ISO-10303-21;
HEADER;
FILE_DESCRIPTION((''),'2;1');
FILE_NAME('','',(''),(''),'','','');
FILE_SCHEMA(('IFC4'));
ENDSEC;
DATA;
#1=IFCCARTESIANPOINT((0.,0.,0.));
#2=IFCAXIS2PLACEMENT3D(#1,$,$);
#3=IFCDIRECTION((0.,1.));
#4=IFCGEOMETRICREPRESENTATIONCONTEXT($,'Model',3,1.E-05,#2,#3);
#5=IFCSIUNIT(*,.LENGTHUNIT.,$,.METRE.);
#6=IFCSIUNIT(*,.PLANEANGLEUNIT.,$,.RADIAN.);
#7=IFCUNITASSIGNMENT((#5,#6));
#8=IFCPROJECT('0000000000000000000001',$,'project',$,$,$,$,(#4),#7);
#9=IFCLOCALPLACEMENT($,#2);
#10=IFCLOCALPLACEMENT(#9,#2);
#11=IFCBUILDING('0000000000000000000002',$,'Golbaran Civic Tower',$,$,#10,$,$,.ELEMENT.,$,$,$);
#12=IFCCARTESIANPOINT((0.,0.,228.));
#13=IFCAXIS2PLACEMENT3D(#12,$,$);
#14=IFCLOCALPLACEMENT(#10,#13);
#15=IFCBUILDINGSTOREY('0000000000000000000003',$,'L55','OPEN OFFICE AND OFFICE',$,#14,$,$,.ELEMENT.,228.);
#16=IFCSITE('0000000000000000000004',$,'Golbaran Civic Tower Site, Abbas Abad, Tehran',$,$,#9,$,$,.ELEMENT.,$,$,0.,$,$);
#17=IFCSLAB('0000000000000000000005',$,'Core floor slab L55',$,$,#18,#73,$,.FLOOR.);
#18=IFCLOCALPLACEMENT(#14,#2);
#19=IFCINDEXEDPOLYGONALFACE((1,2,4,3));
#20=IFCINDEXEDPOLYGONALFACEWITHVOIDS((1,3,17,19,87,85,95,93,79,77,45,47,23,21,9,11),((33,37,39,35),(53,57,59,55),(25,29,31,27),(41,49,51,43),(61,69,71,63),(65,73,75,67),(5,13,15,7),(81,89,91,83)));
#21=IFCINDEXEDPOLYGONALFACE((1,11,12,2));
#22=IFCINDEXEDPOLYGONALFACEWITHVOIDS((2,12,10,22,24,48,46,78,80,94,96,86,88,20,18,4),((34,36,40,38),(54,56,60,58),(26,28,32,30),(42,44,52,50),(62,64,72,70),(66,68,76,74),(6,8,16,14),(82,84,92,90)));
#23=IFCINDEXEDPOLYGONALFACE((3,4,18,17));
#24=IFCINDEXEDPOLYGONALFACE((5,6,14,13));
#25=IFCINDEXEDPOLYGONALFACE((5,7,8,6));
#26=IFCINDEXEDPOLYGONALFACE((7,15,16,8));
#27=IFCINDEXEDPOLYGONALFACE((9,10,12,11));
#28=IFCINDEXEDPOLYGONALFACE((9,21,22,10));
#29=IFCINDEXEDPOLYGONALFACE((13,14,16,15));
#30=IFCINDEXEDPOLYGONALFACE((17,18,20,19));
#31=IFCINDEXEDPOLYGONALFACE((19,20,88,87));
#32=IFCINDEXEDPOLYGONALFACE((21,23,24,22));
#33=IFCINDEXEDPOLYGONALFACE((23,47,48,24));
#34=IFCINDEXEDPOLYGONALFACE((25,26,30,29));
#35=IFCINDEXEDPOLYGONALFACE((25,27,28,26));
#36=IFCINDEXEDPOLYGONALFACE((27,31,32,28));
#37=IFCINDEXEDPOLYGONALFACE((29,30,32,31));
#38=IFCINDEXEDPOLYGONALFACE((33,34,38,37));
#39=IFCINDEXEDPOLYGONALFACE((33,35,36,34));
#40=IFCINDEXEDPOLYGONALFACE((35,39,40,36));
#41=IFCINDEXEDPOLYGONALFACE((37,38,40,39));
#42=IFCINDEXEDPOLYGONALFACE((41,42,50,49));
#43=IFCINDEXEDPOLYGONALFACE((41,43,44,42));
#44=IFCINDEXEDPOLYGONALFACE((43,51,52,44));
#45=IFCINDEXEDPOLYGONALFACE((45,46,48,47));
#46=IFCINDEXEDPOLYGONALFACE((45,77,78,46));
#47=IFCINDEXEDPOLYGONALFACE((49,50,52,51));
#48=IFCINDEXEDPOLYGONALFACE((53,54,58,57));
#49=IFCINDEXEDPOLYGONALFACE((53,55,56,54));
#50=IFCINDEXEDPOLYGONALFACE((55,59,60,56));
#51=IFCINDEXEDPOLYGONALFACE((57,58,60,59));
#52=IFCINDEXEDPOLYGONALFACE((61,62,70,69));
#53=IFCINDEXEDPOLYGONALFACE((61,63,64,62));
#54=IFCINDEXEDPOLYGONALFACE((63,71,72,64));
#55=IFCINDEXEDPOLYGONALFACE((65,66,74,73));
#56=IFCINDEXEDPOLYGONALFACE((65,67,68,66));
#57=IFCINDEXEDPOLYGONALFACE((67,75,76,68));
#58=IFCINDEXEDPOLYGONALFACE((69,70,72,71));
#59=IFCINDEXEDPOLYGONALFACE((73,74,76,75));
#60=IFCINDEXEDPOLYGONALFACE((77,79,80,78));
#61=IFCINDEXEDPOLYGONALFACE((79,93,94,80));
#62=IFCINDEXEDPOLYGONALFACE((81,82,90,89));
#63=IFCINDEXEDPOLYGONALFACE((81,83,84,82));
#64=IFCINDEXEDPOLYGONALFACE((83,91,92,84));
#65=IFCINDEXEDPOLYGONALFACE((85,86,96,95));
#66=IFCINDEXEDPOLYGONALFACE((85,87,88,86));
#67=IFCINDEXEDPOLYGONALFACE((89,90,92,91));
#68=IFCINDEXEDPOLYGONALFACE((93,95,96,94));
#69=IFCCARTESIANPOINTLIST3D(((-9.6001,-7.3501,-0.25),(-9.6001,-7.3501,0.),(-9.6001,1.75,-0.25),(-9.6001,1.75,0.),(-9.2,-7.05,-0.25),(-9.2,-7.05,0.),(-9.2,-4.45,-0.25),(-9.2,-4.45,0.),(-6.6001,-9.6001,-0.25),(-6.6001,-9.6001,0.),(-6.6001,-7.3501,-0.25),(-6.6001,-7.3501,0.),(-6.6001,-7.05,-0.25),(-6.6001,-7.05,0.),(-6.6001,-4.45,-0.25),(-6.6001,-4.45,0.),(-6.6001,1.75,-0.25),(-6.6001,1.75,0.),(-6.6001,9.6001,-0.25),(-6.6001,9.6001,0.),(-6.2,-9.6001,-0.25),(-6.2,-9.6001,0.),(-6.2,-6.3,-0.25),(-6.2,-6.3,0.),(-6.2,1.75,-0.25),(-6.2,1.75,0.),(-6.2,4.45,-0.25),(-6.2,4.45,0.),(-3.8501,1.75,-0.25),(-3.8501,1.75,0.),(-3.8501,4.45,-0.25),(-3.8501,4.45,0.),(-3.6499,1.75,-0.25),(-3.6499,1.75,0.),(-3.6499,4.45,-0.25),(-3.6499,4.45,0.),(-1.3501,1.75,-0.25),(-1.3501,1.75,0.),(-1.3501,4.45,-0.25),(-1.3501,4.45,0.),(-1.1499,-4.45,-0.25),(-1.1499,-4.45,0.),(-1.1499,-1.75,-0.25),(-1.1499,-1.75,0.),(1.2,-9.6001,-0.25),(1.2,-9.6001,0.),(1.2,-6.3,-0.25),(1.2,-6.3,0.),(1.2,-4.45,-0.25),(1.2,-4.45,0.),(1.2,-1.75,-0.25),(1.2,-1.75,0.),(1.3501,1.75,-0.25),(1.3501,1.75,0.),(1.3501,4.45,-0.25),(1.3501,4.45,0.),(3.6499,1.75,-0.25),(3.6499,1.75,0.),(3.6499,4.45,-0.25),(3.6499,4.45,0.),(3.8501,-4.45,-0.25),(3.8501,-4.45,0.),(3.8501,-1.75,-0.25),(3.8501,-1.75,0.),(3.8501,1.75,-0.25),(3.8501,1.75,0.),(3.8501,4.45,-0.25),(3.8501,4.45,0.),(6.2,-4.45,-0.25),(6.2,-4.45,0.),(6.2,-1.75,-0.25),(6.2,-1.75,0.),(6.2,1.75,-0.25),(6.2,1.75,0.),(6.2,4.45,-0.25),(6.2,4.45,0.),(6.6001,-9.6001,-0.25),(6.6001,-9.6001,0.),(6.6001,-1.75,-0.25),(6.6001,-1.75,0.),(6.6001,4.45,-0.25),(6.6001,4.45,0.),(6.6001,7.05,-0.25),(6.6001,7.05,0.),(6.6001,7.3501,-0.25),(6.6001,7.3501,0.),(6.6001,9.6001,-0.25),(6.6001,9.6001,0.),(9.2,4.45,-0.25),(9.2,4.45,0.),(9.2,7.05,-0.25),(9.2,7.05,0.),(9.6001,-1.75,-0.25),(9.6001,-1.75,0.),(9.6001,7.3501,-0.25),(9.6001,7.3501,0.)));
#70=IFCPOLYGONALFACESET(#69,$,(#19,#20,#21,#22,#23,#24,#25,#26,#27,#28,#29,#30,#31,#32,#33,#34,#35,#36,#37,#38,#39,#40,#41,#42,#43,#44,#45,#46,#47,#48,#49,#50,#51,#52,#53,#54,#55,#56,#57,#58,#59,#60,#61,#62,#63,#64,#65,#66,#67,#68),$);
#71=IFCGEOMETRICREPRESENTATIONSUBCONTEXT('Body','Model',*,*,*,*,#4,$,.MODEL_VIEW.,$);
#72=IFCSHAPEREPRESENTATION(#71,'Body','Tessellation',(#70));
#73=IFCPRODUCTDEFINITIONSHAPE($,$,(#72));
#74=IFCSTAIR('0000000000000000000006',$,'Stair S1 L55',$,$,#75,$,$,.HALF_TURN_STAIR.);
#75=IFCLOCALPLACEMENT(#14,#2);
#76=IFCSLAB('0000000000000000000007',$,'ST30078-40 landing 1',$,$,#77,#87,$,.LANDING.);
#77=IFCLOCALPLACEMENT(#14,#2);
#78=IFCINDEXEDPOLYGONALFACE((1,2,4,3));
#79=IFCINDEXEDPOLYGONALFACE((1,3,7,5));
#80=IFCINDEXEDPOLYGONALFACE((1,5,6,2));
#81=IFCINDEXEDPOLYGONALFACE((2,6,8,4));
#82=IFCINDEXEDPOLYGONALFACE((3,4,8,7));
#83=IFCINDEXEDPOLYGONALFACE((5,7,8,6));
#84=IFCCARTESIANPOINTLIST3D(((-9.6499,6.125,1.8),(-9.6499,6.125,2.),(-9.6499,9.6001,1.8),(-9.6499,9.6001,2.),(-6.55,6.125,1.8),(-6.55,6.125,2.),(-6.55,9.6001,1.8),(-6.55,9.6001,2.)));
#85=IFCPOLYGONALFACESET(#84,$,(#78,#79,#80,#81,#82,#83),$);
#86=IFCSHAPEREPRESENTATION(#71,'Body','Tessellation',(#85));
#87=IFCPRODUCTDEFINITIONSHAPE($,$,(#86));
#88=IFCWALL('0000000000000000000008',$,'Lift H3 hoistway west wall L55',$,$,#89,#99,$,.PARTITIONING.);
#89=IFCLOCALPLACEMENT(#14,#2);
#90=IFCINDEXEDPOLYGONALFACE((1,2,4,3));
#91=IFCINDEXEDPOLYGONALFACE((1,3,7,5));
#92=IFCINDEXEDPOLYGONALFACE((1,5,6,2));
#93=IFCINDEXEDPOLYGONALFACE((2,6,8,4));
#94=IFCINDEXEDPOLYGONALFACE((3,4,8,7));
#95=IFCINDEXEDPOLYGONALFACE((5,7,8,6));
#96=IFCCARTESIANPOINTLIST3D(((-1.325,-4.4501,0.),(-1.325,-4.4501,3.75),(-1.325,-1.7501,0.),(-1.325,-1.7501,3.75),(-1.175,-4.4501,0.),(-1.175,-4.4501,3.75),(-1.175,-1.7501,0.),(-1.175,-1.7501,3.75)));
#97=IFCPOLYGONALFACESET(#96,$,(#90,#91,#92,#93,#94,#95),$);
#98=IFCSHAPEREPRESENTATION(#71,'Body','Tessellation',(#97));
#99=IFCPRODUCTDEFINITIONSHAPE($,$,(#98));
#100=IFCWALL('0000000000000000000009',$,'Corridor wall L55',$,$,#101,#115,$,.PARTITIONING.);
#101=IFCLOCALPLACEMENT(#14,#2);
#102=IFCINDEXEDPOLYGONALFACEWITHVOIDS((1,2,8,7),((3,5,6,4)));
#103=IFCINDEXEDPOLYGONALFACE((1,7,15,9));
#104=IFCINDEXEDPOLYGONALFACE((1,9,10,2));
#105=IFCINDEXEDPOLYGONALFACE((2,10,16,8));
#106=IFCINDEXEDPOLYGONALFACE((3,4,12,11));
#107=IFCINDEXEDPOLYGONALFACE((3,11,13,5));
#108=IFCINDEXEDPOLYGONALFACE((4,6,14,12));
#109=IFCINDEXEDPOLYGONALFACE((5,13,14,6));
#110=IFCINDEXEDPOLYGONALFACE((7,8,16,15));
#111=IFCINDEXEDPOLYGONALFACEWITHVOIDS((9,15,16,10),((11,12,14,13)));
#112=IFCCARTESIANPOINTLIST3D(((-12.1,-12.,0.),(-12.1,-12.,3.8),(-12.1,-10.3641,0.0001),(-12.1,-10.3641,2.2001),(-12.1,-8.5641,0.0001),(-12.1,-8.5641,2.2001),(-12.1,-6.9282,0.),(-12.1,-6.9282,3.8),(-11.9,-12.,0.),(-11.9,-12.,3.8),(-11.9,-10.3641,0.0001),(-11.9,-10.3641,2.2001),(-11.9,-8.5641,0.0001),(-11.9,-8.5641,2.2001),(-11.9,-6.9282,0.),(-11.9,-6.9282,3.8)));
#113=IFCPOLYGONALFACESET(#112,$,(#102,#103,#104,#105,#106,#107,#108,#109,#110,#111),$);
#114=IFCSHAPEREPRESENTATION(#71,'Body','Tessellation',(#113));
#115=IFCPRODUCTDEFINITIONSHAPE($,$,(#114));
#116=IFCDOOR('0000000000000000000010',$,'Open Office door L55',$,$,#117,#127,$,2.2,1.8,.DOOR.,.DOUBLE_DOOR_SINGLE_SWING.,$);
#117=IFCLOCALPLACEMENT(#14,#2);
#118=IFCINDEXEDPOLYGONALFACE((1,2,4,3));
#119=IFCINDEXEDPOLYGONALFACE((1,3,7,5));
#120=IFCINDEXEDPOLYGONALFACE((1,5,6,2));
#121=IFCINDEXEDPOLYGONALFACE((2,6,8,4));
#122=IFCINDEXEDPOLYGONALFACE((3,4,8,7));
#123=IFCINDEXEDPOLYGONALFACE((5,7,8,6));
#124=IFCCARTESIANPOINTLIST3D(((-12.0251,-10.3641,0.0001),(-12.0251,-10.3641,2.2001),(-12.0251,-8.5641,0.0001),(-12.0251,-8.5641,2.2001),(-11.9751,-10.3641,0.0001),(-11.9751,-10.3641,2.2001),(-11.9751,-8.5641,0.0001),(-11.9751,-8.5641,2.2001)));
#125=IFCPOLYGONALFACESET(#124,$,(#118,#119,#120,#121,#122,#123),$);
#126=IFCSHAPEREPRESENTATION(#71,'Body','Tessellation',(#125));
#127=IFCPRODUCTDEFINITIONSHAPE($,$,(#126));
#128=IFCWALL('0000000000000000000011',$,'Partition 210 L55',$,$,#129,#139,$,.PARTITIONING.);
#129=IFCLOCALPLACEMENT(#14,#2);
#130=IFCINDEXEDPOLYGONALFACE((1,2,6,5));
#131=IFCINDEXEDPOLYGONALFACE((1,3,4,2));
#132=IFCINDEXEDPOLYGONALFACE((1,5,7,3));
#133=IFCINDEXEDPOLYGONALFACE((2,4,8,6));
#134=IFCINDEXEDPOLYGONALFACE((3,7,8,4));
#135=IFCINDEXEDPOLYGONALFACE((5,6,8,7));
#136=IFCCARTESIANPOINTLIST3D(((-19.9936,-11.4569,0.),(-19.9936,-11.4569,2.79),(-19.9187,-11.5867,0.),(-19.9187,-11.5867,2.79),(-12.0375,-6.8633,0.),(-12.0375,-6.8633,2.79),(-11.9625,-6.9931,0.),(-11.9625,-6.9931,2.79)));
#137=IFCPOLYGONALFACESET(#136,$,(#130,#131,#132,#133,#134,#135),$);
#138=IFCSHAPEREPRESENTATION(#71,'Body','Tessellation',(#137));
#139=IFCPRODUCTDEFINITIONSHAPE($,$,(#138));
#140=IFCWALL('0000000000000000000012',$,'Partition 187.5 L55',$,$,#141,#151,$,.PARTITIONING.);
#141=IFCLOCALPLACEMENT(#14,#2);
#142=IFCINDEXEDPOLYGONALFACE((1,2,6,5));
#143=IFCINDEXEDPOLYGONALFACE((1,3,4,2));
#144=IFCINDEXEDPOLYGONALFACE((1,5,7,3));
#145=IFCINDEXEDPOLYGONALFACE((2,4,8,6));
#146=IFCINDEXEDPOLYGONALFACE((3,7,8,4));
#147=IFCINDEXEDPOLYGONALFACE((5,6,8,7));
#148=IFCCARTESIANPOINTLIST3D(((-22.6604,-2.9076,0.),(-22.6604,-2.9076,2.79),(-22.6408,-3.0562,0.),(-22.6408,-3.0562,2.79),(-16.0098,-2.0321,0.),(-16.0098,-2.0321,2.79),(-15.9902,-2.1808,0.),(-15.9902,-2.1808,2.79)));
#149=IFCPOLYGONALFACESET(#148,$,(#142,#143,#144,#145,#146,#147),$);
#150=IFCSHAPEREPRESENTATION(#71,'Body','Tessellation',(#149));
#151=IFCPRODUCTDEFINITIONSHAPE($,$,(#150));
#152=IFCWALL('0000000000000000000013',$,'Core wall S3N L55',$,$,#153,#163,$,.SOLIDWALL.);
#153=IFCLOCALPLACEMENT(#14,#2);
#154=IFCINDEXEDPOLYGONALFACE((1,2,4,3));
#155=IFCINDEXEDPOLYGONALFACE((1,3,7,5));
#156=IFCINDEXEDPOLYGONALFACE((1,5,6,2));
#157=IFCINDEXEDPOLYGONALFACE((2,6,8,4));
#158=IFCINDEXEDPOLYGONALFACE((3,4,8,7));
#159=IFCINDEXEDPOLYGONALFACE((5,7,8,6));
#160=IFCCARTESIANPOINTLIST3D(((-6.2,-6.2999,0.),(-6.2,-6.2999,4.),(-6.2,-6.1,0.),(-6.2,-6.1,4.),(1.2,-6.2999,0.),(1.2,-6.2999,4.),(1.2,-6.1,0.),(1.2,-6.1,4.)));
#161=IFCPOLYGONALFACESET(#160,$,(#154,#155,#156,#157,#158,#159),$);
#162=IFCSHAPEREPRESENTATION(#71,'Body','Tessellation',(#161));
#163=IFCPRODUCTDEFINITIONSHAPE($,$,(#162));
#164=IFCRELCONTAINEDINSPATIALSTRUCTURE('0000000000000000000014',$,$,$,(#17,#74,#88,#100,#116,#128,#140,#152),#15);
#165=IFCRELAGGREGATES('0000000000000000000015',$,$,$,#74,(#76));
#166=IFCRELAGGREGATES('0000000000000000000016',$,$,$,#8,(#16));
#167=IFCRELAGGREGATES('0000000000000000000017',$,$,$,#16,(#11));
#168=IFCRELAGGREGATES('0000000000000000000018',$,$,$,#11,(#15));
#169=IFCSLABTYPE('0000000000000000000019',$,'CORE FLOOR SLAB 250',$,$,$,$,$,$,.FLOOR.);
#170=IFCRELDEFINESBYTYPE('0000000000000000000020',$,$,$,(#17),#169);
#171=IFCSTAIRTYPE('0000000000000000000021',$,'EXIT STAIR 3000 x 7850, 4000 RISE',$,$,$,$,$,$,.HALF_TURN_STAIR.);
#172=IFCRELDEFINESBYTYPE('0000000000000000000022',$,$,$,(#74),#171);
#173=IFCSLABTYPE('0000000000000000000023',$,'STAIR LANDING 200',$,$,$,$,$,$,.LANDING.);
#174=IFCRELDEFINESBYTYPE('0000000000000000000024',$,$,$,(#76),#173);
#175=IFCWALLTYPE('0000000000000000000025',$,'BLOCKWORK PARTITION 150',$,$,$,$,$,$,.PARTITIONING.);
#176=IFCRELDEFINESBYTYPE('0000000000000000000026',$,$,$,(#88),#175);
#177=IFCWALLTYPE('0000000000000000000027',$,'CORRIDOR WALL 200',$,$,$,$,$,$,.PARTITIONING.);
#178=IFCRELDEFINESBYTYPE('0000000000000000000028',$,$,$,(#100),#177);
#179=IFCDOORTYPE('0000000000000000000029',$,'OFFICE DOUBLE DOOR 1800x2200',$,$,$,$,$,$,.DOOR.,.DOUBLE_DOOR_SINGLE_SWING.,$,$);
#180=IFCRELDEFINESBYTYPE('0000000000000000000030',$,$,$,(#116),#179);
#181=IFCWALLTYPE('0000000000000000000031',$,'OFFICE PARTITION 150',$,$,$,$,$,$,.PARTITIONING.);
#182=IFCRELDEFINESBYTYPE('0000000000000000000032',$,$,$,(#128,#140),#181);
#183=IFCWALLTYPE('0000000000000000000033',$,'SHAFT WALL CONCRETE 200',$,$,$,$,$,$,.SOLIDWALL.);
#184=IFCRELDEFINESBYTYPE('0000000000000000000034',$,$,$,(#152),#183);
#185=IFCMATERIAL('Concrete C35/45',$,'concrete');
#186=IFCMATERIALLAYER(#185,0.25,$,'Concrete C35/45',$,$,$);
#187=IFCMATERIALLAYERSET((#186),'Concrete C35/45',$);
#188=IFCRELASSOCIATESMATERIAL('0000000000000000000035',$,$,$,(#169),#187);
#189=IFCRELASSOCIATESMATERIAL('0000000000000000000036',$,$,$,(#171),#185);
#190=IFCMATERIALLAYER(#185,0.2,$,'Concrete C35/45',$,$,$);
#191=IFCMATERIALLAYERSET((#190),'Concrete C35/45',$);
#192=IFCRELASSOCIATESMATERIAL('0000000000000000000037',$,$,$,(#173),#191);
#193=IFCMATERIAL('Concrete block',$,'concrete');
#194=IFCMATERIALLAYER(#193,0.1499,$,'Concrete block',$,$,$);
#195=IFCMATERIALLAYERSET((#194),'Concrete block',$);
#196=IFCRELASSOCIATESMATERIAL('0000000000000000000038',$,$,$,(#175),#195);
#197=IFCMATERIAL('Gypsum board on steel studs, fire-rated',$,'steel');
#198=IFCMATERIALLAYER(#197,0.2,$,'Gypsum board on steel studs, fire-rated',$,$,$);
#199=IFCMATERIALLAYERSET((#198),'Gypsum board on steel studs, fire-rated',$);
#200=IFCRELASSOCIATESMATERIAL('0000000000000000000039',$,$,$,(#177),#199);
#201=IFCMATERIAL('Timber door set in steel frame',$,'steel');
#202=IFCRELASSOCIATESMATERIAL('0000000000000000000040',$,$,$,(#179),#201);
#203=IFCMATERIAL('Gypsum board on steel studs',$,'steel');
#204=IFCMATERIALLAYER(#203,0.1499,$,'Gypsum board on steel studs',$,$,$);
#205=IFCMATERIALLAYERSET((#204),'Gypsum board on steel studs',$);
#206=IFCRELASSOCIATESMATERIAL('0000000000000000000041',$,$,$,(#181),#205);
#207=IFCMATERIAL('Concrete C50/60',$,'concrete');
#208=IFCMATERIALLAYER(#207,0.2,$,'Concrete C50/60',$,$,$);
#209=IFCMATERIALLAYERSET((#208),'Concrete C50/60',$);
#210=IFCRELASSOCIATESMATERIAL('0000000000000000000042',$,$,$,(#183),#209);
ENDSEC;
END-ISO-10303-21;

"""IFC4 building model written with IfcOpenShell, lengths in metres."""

from ifc_helpers import new_model, si_unit, direction, frame, frame_2d, origin, place, context, subcontext, project, spatial, polyline, rectangle, outline, extrude, material, layer, layer_set, type_object, element, fill, aggregate, save


model = new_model("IFC4")

# Units and contexts
model_context = context("Model", 3, precision=1e-05, world=origin(), true_north=direction((0.0, 1.0)))
body_context = subcontext(model_context, "Body", "Model", "MODEL_VIEW")
ifc_project = project(units=[si_unit("LENGTHUNIT", "METRE"), si_unit("PLANEANGLEUNIT", "RADIAN")], contexts=[model_context])

# Site, building, storey
site_placement = place(None, origin())
site = spatial("IfcSite", under=ifc_project, at=site_placement, Name="Golbaran Civic Tower Site, Abbas Abad, Tehran", CompositionType="ELEMENT", RefElevation=0.0)
building_placement = place(site_placement, origin())
building = spatial("IfcBuilding", under=site, at=building_placement, Name="Golbaran Civic Tower", CompositionType="ELEMENT")
storey_placement = place(building_placement, frame((0.0, 0.0, 228.0)))
storey = spatial("IfcBuildingStorey", under=building, at=storey_placement, Name="L55", Description="OPEN OFFICE AND OFFICE", CompositionType="ELEMENT", Elevation=228.0)

# Slab
ifc_material_1 = material(Name="Concrete C35/45", Category="concrete")
ifc_layer_1 = layer(ifc_material_1, 0.25, Name="Concrete C35/45")
ifc_layer_set_1 = layer_set([ifc_layer_1], Name="Concrete C35/45")
slab_type_1 = type_object("IfcSlabType", Name="CORE FLOOR SLAB 250", PredefinedType="FLOOR", material=ifc_layer_set_1)
slab_1_placement = place(storey_placement, frame((0.0, 0.0, -0.25)))
element("IfcSlab", 1, at=slab_1_placement, inside=storey, type_object=slab_type_1, Name="Core floor slab L55", PredefinedType="FLOOR", context=body_context, shape_type="SweptSolid", body=[
    extrude(outline(polyline([(6.6001, -1.75), (6.6001, -9.6001), (1.2, -9.6001), (1.2, -6.3), (-6.2, -6.3), (-6.2, -9.6001), (-6.6001, -9.6001), (-6.6001, -7.3501), (-9.6001, -7.3501), (-9.6001, 1.75), (-6.6001, 1.75), (-6.6001, 9.6001), (6.6001, 9.6001), (6.6001, 7.3501), (9.6001, 7.3501), (9.6001, -1.75), (6.6001, -1.75)]), holes=[polyline([(9.2, 7.05), (6.6001, 7.05), (6.6001, 4.45), (9.2, 4.45), (9.2, 7.05)]), polyline([(6.2, -1.75), (3.8501, -1.75), (3.8501, -4.45), (6.2, -4.45), (6.2, -1.75)]), polyline([(6.2, 4.45), (3.8501, 4.45), (3.8501, 1.75), (6.2, 1.75), (6.2, 4.45)]), polyline([(3.6499, 4.45), (1.3501, 4.45), (1.3501, 1.75), (3.6499, 1.75), (3.6499, 4.45)]), polyline([(-1.1499, -1.75), (-1.1499, -4.45), (1.2, -4.45), (1.2, -1.75), (-1.1499, -1.75)]), polyline([(-1.3501, 4.45), (-3.6499, 4.45), (-3.6499, 1.75), (-1.3501, 1.75), (-1.3501, 4.45)]), polyline([(-3.8501, 4.45), (-6.2, 4.45), (-6.2, 1.75), (-3.8501, 1.75), (-3.8501, 4.45)]), polyline([(-6.6001, -4.45), (-9.2, -4.45), (-9.2, -7.05), (-6.6001, -7.05), (-6.6001, -4.45)])]), origin(), (0.0, 0.0, 1.0), 0.25),
])

# Stair, slab
stair_type_1 = type_object("IfcStairType", Name="EXIT STAIR 3000 x 7850, 4000 RISE", PredefinedType="HALF_TURN_STAIR", material=ifc_material_1)
stair_1_placement = place(storey_placement, origin())
stair_1 = element("IfcStair", 2, at=stair_1_placement, inside=storey, type_object=stair_type_1, Name="Stair S1 L55", PredefinedType="HALF_TURN_STAIR")
ifc_layer_2 = layer(ifc_material_1, 0.2, Name="Concrete C35/45")
ifc_layer_set_2 = layer_set([ifc_layer_2], Name="Concrete C35/45")
slab_type_2 = type_object("IfcSlabType", Name="STAIR LANDING 200", PredefinedType="LANDING", material=ifc_layer_set_2)
slab_2_placement = place(storey_placement, frame((0.0, 0.0, 1.8)))
slab_2 = element("IfcSlab", 3, at=slab_2_placement, type_object=slab_type_2, Name="ST30078-40 landing 1", PredefinedType="LANDING", context=body_context, shape_type="SweptSolid", body=[
    extrude(outline(polyline([(-9.6499, 6.125), (-9.6499, 9.6001), (-6.55, 9.6001), (-6.55, 6.125), (-9.6499, 6.125)])), origin(), (0.0, 0.0, 1.0), 0.2),
])
aggregate(stair_1, [slab_2])

# Wall
ifc_material_2 = material(Name="Concrete block", Category="concrete")
ifc_layer_3 = layer(ifc_material_2, 0.1499, Name="Concrete block")
ifc_layer_set_3 = layer_set([ifc_layer_3], Name="Concrete block")
wall_type_1 = type_object("IfcWallType", Name="BLOCKWORK PARTITION 150", PredefinedType="PARTITIONING", material=ifc_layer_set_3)
wall_1_placement = place(storey_placement, frame((-1.25, -1.75, 0.0), z_axis=(0.0, 0.0, 1.0), x_axis=(0.0, -1.0, 0.0)))
element("IfcWall", 4, at=wall_1_placement, inside=storey, type_object=wall_type_1, Name="Lift H3 hoistway west wall L55", PredefinedType="PARTITIONING", context=body_context, shape_type="SweptSolid", body=[
    extrude(rectangle(XDim=2.7, YDim=0.1499, at=frame_2d((1.3501, 0.0))), origin(), (0.0, 0.0, 1.0), 3.75),
])

# Wall, opening, door
ifc_material_3 = material(Name="Gypsum board on steel studs, fire-rated", Category="steel")
ifc_layer_4 = layer(ifc_material_3, 0.2, Name="Gypsum board on steel studs, fire-rated")
ifc_layer_set_4 = layer_set([ifc_layer_4], Name="Gypsum board on steel studs, fire-rated")
wall_type_2 = type_object("IfcWallType", Name="CORRIDOR WALL 200", PredefinedType="PARTITIONING", material=ifc_layer_set_4)
wall_2_placement = place(storey_placement, frame((-12.0, -6.9282, 0.0), z_axis=(0.0, 0.0, 1.0), x_axis=(0.0, -1.0, 0.0)))
wall_2 = element("IfcWall", 5, at=wall_2_placement, inside=storey, type_object=wall_type_2, Name="Corridor wall L55", PredefinedType="PARTITIONING", context=body_context, shape_type="SweptSolid", body=[
    extrude(rectangle(XDim=5.0718, YDim=0.2, at=frame_2d((2.5359, 0.0))), origin(), (0.0, 0.0, 1.0), 3.8),
])
opening_1_placement = place(wall_2_placement, frame((1.636, 0.0, 0.0)))
opening_1 = element("IfcOpeningElement", 6, at=opening_1_placement, cuts=wall_2, PredefinedType="OPENING", context=body_context, shape_type="SweptSolid", body=[
    extrude(rectangle(XDim=1.8, YDim=2.2, at=frame_2d((0.8999, 1.1001))), frame((0.0, 0.1099, 0.0), z_axis=(0.0, -1.0, 0.0), x_axis=(1.0, 0.0, 0.0)), (0.0, 0.0, 1.0), 0.22),
])
ifc_material_4 = material(Name="Timber door set in steel frame", Category="steel")
door_type_1 = type_object("IfcDoorType", Name="OFFICE DOUBLE DOOR 1800x2200", OperationType="DOUBLE_DOOR_SINGLE_SWING", PredefinedType="DOOR", material=ifc_material_4)
door_1_placement = place(opening_1_placement, origin())
door_1 = element("IfcDoor", 7, at=door_1_placement, inside=storey, type_object=door_type_1, Name="Open Office door L55", OperationType="DOUBLE_DOOR_SINGLE_SWING", OverallHeight=2.2, OverallWidth=1.8, PredefinedType="DOOR", context=body_context, shape_type="SweptSolid", body=[
    extrude(rectangle(XDim=1.8, YDim=2.2, at=frame_2d((0.8999, 1.1001))), frame((0.0, 0.0249, 0.0), z_axis=(0.0, -1.0, 0.0), x_axis=(1.0, 0.0, 0.0)), (0.0, 0.0, 1.0), 0.05),
])
fill(opening_1, door_1)

# Walls
ifc_material_5 = material(Name="Gypsum board on steel studs", Category="steel")
ifc_layer_5 = layer(ifc_material_5, 0.1499, Name="Gypsum board on steel studs")
ifc_layer_set_5 = layer_set([ifc_layer_5], Name="Gypsum board on steel studs")
wall_type_3 = type_object("IfcWallType", Name="OFFICE PARTITION 150", PredefinedType="PARTITIONING", material=ifc_layer_set_5)
wall_3_placement = place(storey_placement, frame((-12.0, -6.9282, 0.0), z_axis=(0.0, 0.0, 1.0), x_axis=(-0.866022, -0.500006, 0.0)))
element("IfcWall", 8, at=wall_3_placement, inside=storey, type_object=wall_type_3, Name="Partition 210 L55", PredefinedType="PARTITIONING", context=body_context, shape_type="SweptSolid", body=[
    extrude(rectangle(XDim=9.187, YDim=0.1499, at=frame_2d((4.5935, 0.0))), origin(), (0.0, 0.0, 1.0), 2.79),
])
wall_4_placement = place(storey_placement, frame((-16.0, -2.1064, 0.0), z_axis=(0.0, 0.0, 1.0), x_axis=(-0.991446, -0.130514, 0.0)))
element("IfcWall", 9, at=wall_4_placement, inside=storey, type_object=wall_type_3, Name="Partition 187.5 L55", PredefinedType="PARTITIONING", context=body_context, shape_type="SweptSolid", body=[
    extrude(rectangle(XDim=6.708, YDim=0.1499, at=frame_2d((3.354, 0.0))), origin(), (0.0, 0.0, 1.0), 2.79),
])
ifc_material_6 = material(Name="Concrete C50/60", Category="concrete")
ifc_layer_6 = layer(ifc_material_6, 0.2, Name="Concrete C50/60")
ifc_layer_set_6 = layer_set([ifc_layer_6], Name="Concrete C50/60")
wall_type_4 = type_object("IfcWallType", Name="SHAFT WALL CONCRETE 200", PredefinedType="SOLIDWALL", material=ifc_layer_set_6)
wall_5_placement = place(storey_placement, frame((-6.2, -6.2, 0.0), z_axis=(0.0, 0.0, 1.0), x_axis=(1.0, 0.0, 0.0)))
element("IfcWall", 10, at=wall_5_placement, inside=storey, type_object=wall_type_4, Name="Core wall S3N L55", PredefinedType="SOLIDWALL", context=body_context, shape_type="SweptSolid", body=[
    extrude(rectangle(XDim=7.3999, YDim=0.2, at=frame_2d((3.7, 0.0))), origin(), (0.0, 0.0, 1.0), 4.0),
])

save(model, "model.ifc")
